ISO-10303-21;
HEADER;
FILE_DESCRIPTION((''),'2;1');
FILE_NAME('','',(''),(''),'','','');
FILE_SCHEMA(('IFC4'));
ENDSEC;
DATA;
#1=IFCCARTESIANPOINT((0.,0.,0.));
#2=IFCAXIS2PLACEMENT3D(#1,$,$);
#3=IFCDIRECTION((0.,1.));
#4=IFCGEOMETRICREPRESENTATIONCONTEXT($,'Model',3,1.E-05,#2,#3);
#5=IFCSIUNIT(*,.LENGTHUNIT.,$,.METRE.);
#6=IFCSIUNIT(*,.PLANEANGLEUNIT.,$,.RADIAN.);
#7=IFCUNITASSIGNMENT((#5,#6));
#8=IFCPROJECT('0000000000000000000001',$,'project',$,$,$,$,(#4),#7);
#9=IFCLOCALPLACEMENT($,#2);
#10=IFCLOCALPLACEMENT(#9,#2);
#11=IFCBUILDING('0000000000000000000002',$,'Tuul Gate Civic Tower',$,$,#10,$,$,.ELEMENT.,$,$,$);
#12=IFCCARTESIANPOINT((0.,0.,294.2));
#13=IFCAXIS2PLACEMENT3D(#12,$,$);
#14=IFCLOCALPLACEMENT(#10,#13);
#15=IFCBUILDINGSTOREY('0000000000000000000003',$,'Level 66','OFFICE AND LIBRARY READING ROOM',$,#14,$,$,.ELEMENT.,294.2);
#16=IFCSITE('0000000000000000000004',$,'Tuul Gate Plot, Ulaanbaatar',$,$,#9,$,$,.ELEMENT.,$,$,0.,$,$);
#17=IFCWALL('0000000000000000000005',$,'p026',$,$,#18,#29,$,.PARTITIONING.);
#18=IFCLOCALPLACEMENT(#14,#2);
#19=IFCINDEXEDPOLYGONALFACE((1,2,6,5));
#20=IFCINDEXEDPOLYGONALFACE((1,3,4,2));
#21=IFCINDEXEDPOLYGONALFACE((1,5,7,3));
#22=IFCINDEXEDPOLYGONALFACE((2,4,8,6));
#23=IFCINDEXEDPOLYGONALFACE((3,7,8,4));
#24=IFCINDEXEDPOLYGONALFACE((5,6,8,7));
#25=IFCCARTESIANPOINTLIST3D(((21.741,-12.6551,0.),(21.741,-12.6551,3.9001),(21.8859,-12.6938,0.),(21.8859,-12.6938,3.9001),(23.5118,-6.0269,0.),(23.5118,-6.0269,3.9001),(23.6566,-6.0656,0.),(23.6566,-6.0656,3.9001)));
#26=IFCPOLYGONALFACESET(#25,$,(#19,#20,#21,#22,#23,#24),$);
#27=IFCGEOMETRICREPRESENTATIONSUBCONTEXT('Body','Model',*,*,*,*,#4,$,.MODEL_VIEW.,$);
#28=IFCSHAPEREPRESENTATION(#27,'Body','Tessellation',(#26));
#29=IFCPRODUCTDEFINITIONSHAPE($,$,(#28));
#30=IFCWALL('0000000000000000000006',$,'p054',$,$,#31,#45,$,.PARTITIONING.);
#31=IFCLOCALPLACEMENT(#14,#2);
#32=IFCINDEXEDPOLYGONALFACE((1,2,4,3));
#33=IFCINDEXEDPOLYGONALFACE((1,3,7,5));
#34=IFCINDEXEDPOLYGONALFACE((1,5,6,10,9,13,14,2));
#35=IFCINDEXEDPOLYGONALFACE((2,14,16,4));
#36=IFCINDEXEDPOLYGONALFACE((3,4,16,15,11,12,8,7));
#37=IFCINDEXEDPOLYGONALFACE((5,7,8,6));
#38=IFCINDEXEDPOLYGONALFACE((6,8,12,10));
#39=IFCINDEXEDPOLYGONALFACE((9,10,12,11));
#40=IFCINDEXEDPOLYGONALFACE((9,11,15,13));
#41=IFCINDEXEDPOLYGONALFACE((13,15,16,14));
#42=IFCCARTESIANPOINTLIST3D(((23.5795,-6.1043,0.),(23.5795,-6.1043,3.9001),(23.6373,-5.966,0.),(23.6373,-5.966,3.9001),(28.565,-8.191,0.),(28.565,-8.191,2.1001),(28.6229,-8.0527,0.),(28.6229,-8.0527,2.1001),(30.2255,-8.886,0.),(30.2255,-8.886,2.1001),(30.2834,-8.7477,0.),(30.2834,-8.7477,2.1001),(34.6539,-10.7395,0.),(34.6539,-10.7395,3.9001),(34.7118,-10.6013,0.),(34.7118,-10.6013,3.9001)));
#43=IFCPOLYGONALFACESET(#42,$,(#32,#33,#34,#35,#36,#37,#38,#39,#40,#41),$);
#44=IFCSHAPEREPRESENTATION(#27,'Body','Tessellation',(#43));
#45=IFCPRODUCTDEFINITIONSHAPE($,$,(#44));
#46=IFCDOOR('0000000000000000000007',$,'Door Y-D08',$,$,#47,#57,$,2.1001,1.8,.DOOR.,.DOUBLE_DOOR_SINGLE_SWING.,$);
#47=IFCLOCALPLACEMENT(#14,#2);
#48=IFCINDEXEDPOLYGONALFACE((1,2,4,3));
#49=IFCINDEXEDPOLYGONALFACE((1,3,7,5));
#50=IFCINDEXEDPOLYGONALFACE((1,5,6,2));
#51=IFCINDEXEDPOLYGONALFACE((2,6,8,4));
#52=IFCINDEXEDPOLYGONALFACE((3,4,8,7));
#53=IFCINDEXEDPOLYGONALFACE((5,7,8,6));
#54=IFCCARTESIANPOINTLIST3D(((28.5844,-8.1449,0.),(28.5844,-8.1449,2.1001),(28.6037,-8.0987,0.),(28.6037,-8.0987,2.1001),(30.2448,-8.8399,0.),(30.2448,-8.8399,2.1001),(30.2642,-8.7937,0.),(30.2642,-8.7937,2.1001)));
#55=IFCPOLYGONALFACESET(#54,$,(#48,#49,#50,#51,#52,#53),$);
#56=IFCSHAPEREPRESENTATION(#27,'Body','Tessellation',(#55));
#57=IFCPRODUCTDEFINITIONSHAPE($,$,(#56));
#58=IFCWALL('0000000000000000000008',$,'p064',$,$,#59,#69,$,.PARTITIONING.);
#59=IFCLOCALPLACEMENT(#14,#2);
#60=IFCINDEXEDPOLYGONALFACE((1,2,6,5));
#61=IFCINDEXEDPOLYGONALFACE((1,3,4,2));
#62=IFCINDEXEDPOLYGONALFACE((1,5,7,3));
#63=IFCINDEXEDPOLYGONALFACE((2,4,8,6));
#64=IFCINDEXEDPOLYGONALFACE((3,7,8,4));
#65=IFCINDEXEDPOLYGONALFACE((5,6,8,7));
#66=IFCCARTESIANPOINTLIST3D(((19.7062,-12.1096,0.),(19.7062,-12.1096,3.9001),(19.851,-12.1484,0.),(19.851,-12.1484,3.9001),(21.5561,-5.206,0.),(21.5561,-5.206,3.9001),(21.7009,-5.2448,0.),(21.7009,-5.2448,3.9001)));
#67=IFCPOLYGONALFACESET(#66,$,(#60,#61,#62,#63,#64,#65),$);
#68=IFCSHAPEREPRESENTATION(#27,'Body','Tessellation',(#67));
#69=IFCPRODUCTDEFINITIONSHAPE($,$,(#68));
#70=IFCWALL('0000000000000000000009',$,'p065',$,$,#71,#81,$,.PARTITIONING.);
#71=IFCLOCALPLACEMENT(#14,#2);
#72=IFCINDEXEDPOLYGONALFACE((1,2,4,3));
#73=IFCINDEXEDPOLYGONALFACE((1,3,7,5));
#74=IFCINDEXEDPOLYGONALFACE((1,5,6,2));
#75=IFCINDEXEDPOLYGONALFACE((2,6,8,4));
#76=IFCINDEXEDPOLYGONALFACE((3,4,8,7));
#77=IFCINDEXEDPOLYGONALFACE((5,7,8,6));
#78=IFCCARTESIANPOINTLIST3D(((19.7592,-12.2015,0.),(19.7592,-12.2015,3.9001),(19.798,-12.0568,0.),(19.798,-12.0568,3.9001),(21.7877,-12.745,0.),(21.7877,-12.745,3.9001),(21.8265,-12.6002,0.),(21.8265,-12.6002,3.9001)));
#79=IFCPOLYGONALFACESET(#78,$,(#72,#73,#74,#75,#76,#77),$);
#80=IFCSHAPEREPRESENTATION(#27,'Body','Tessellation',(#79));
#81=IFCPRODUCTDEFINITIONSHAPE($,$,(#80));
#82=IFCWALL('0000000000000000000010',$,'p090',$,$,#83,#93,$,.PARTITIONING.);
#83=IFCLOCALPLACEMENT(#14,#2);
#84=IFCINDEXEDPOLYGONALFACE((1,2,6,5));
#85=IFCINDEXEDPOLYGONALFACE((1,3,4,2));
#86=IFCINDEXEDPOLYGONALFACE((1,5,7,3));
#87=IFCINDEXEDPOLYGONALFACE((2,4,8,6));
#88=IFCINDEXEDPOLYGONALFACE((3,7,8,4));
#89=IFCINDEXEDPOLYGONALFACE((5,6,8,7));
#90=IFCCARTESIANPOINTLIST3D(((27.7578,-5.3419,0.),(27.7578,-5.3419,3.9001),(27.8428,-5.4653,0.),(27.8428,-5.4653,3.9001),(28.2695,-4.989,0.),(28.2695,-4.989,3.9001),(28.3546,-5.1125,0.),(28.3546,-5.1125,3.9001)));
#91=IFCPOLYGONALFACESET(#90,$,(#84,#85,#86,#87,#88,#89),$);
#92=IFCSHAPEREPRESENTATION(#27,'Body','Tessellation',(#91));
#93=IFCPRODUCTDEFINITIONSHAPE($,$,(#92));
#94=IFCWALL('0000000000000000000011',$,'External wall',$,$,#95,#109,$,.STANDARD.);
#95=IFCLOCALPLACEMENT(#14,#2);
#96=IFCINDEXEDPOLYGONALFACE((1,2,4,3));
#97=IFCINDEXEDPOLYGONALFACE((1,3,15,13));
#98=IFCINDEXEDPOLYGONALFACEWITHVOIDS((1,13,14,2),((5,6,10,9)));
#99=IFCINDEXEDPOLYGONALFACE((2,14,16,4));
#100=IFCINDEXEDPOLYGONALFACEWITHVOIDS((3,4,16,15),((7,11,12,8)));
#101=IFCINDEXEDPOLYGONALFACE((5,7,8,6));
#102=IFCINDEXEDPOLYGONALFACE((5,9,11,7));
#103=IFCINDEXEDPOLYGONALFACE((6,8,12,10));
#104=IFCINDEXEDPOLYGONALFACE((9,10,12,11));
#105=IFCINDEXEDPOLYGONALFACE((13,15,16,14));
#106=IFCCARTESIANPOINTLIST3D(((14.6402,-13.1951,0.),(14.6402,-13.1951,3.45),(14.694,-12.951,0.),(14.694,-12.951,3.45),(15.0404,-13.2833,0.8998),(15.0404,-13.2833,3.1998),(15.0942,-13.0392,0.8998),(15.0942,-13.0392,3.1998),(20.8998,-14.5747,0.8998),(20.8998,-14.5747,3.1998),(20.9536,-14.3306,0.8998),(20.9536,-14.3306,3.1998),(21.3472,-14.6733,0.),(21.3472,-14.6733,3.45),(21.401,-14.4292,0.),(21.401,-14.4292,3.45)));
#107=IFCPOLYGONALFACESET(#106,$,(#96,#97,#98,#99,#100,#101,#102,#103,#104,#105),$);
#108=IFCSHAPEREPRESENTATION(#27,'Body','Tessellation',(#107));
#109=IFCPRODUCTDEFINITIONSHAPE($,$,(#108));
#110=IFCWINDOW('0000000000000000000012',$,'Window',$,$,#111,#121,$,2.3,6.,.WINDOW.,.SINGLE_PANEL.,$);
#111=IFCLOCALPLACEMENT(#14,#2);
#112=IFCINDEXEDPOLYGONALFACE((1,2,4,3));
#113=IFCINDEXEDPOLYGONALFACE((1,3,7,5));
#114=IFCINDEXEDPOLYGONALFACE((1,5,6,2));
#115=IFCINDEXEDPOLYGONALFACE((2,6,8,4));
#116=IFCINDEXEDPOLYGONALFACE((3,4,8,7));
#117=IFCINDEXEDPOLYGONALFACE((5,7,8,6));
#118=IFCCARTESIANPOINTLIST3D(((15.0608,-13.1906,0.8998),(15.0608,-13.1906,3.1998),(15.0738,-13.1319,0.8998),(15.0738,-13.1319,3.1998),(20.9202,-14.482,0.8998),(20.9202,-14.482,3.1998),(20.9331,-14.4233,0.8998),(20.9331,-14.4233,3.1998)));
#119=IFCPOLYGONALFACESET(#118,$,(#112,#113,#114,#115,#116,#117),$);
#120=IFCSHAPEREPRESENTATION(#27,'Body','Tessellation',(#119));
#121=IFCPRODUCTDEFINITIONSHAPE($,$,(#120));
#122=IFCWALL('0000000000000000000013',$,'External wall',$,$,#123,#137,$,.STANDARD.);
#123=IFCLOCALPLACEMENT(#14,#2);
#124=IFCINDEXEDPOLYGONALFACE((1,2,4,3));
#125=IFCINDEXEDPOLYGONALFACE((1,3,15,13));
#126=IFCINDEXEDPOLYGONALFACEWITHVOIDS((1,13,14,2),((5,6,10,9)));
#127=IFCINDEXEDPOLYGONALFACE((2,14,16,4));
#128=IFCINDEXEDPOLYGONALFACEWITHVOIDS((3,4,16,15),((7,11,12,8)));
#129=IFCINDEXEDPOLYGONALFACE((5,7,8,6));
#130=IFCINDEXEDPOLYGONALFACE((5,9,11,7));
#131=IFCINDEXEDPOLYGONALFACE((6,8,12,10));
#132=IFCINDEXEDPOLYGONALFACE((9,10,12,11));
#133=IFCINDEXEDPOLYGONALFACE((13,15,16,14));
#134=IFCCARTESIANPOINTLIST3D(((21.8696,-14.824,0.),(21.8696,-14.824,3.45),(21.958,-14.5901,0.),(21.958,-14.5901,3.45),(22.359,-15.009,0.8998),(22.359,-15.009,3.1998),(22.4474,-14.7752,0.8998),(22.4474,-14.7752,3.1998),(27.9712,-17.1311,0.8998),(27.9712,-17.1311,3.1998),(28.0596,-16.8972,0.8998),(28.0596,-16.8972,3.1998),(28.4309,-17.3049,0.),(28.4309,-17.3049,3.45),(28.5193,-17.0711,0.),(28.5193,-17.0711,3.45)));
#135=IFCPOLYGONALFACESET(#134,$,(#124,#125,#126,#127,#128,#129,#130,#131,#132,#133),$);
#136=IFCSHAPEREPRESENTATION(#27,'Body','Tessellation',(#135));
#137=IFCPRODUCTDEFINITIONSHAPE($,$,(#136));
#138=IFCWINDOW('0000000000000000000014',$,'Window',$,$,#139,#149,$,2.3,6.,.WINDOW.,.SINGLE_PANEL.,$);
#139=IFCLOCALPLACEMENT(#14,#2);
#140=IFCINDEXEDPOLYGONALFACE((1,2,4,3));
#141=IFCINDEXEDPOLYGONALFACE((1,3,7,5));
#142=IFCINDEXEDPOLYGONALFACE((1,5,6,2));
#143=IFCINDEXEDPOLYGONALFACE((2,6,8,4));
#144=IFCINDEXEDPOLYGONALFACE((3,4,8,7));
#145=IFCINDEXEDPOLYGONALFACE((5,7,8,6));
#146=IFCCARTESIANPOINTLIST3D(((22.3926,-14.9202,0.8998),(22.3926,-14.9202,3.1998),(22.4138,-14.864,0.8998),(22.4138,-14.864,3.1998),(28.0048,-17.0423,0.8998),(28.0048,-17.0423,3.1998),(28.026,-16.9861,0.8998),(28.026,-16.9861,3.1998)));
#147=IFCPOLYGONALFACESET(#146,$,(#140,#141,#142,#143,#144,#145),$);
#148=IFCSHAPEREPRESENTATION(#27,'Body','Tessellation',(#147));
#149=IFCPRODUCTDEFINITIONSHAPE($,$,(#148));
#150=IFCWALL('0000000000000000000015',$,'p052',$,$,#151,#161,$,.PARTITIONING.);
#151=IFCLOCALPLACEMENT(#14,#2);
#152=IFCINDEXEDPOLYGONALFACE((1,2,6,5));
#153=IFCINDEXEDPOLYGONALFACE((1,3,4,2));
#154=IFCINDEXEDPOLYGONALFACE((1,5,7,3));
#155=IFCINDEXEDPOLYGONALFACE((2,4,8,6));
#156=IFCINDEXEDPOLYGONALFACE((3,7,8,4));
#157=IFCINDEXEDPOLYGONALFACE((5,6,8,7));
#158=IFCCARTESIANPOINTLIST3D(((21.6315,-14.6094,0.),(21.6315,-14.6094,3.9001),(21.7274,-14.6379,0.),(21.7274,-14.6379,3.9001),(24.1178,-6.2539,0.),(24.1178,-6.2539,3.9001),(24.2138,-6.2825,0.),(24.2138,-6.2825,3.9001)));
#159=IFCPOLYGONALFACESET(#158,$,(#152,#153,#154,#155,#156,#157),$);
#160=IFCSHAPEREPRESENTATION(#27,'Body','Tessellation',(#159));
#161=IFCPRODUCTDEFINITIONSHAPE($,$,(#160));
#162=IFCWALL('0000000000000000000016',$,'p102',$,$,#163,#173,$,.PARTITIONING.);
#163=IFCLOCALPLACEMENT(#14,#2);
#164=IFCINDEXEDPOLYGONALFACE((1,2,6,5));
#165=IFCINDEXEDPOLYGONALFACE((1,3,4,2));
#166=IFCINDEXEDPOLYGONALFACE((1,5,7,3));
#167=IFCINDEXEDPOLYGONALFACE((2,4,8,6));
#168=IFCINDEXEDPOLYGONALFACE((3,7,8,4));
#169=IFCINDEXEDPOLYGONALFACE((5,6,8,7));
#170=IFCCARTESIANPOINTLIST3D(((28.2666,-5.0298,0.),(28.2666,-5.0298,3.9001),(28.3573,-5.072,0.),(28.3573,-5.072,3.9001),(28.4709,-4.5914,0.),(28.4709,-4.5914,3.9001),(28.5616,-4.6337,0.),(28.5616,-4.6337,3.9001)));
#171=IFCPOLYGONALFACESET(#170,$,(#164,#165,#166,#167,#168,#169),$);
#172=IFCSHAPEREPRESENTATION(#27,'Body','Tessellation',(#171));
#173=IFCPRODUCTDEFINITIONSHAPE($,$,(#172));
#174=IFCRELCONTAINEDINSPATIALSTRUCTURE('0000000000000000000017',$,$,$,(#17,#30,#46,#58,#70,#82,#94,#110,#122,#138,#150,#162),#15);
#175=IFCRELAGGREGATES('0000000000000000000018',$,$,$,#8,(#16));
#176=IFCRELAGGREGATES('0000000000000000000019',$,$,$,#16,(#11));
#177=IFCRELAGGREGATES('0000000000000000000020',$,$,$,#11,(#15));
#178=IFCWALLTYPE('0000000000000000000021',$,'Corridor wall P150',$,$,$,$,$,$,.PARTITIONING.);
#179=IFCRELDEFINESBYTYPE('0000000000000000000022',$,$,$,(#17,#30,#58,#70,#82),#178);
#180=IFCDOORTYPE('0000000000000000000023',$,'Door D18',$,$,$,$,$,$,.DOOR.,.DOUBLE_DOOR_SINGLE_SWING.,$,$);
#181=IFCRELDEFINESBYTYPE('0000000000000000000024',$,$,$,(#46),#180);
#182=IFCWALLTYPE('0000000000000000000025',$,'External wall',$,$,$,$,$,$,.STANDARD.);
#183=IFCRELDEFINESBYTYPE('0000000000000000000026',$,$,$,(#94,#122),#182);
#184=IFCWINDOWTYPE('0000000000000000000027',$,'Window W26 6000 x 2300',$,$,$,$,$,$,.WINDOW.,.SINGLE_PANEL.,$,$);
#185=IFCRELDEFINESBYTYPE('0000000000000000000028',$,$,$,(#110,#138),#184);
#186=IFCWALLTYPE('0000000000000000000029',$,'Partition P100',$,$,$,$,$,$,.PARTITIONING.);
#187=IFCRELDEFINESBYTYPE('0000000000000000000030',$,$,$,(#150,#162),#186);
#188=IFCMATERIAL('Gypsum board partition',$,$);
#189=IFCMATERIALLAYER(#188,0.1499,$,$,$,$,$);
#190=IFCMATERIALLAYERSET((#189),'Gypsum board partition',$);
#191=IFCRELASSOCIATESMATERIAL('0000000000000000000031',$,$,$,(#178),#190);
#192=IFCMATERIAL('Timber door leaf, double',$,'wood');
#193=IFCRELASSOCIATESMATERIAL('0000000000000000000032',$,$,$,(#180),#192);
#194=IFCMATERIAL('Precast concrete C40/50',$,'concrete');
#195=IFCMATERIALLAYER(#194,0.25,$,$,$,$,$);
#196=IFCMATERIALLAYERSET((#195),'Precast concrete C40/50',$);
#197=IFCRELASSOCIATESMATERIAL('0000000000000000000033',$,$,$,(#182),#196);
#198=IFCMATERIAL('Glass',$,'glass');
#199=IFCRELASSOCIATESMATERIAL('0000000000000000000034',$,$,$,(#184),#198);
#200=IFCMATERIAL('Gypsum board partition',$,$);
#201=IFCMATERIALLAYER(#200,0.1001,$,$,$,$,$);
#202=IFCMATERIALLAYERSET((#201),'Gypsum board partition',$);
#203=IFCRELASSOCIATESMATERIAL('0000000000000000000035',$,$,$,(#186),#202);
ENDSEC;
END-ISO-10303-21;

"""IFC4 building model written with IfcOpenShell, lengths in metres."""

from ifc_helpers import new_model, si_unit, direction, frame, frame_2d, origin, place, context, subcontext, project, spatial, rectangle, extrude, material, layer, layer_set, type_object, element, fill, save


model = new_model("IFC4")

# Units and contexts
model_context = context("Model", 3, precision=1e-05, world=origin(), true_north=direction((0.0, 1.0)))
body_context = subcontext(model_context, "Body", "Model", "MODEL_VIEW")
ifc_project = project(units=[si_unit("LENGTHUNIT", "METRE"), si_unit("PLANEANGLEUNIT", "RADIAN")], contexts=[model_context])

# Site, building, storey
site_placement = place(None, origin())
site = spatial("IfcSite", under=ifc_project, at=site_placement, Name="Tuul Gate Plot, Ulaanbaatar", CompositionType="ELEMENT", RefElevation=0.0)
building_placement = place(site_placement, origin())
building = spatial("IfcBuilding", under=site, at=building_placement, Name="Tuul Gate Civic Tower", CompositionType="ELEMENT")
storey_placement = place(building_placement, frame((0.0, 0.0, 294.2)))
storey = spatial("IfcBuildingStorey", under=building, at=storey_placement, Name="Level 66", Description="OFFICE AND LIBRARY READING ROOM", CompositionType="ELEMENT", Elevation=294.2)

# Shared definitions
ifc_material_1 = material(Name="Gypsum board partition")
ifc_layer_1 = layer(ifc_material_1, 0.1499)
ifc_layer_set_1 = layer_set([ifc_layer_1], Name="Gypsum board partition")
wall_type_1 = type_object("IfcWallType", Name="Corridor wall P150", PredefinedType="PARTITIONING", material=ifc_layer_set_1)

# Wall
wall_1_placement = place(storey_placement, frame((21.8135, -12.6743, 0.0), z_axis=(0.0, 0.0, 1.0), x_axis=(0.258103, 0.966117, 0.0)))
element("IfcWall", 1, at=wall_1_placement, inside=storey, type_object=wall_type_1, Name="p026", PredefinedType="PARTITIONING", context=body_context, shape_type="SweptSolid", body=[
    extrude(rectangle(XDim=6.8606, YDim=0.1499, at=frame_2d((3.4302, 0.0))), origin(), (0.0, 0.0, 1.0), 3.9001),
])

# Wall, opening, door
wall_2_placement = place(storey_placement, frame((23.6084, -6.0352, 0.0), z_axis=(0.0, 0.0, 1.0), x_axis=(0.922458, -0.386098, 0.0)))
wall_2 = element("IfcWall", 2, at=wall_2_placement, inside=storey, type_object=wall_type_1, Name="p054", PredefinedType="PARTITIONING", context=body_context, shape_type="SweptSolid", body=[
    extrude(rectangle(XDim=12.0054, YDim=0.1499, at=frame_2d((6.0027, 0.0))), origin(), (0.0, 0.0, 1.0), 3.9001),
])
opening_1_placement = place(wall_2_placement, frame((5.4048, 0.0, 0.0)))
opening_1 = element("IfcOpeningElement", 3, at=opening_1_placement, cuts=wall_2, PredefinedType="OPENING", context=body_context, shape_type="SweptSolid", body=[
    extrude(rectangle(XDim=1.8, YDim=2.1001, at=frame_2d((0.8999, 1.05))), frame((0.0, 0.085, 0.0), z_axis=(0.0, -1.0, 0.0), x_axis=(1.0, 0.0, 0.0)), (0.0, 0.0, 1.0), 0.1699),
])
ifc_material_2 = material(Name="Timber door leaf, double", Category="wood")
door_type_1 = type_object("IfcDoorType", Name="Door D18", OperationType="DOUBLE_DOOR_SINGLE_SWING", PredefinedType="DOOR", material=ifc_material_2)
door_1_placement = place(opening_1_placement, frame((1.8, 0.0, 0.0), z_axis=(0.0, 0.0, 1.0), x_axis=(-1.0, 0.0, 0.0)))
door_1 = element("IfcDoor", 4, at=door_1_placement, inside=storey, type_object=door_type_1, Name="Door Y-D08", OperationType="DOUBLE_DOOR_SINGLE_SWING", OverallHeight=2.1001, OverallWidth=1.8, PredefinedType="DOOR", context=body_context, shape_type="SweptSolid", body=[
    extrude(rectangle(XDim=1.8, YDim=2.1001, at=frame_2d((0.9001, 1.05))), frame((0.0, 0.0249, 0.0), z_axis=(0.0, -1.0, 0.0), x_axis=(1.0, 0.0, 0.0)), (0.0, 0.0, 1.0), 0.05),
])
fill(opening_1, door_1)

# Walls
wall_3_placement = place(storey_placement, frame((19.7786, -12.1292, 0.0), z_axis=(0.0, 0.0, 1.0), x_axis=(0.258825, 0.965924, 0.0)))
element("IfcWall", 5, at=wall_3_placement, inside=storey, type_object=wall_type_1, Name="p064", PredefinedType="PARTITIONING", context=body_context, shape_type="SweptSolid", body=[
    extrude(rectangle(XDim=7.1472, YDim=0.1499, at=frame_2d((3.5737, 0.0))), origin(), (0.0, 0.0, 1.0), 3.9001),
])
wall_4_placement = place(storey_placement, frame((19.7786, -12.1292, 0.0), z_axis=(0.0, 0.0, 1.0), x_axis=(0.965937, -0.258777, 0.0)))
element("IfcWall", 6, at=wall_4_placement, inside=storey, type_object=wall_type_1, Name="p065", PredefinedType="PARTITIONING", context=body_context, shape_type="SweptSolid", body=[
    extrude(rectangle(XDim=2.1001, YDim=0.1499, at=frame_2d((1.05, 0.0))), origin(), (0.0, 0.0, 1.0), 3.9001),
])
wall_5_placement = place(storey_placement, frame((27.8003, -5.4036, 0.0), z_axis=(0.0, 0.0, 1.0), x_axis=(0.823308, 0.567595, 0.0)))
element("IfcWall", 7, at=wall_5_placement, inside=storey, type_object=wall_type_1, Name="p090", PredefinedType="PARTITIONING", context=body_context, shape_type="SweptSolid", body=[
    extrude(rectangle(XDim=0.6216, YDim=0.1499, at=frame_2d((0.3108, 0.0))), origin(), (0.0, 0.0, 1.0), 3.9001),
])

# Walls, openings, windows
ifc_material_3 = material(Name="Precast concrete C40/50", Category="concrete")
ifc_layer_2 = layer(ifc_material_3, 0.25)
ifc_layer_set_2 = layer_set([ifc_layer_2], Name="Precast concrete C40/50")
wall_type_2 = type_object("IfcWallType", Name="External wall", PredefinedType="STANDARD", material=ifc_layer_set_2)
wall_6_placement = place(storey_placement, frame((14.667, -13.073, 0.0), z_axis=(0.0, 0.0, 1.0), x_axis=(0.976561, -0.21524, 0.0)))
wall_6 = element("IfcWall", 8, at=wall_6_placement, inside=storey, type_object=wall_type_2, Name="External wall", PredefinedType="STANDARD", context=body_context, shape_type="SweptSolid", body=[
    extrude(rectangle(XDim=6.8679, YDim=0.25, at=frame_2d((3.4341, 0.0))), origin(), (0.0, 0.0, 1.0), 3.45),
])
opening_2_placement = place(wall_6_placement, frame((0.4099, 0.0, 0.8999)))
opening_2 = element("IfcOpeningElement", 9, at=opening_2_placement, cuts=wall_6, PredefinedType="OPENING", context=body_context, shape_type="SweptSolid", body=[
    extrude(rectangle(XDim=6.0, YDim=2.3, at=frame_2d((3.0, 1.1499))), frame((0.0, 0.135, 0.0), z_axis=(0.0, -1.0, 0.0), x_axis=(1.0, 0.0, 0.0)), (0.0, 0.0, 1.0), 0.27),
])
ifc_material_4 = material(Name="Glass", Category="glass")
window_type = type_object("IfcWindowType", Name="Window W26 6000 x 2300", PartitioningType="SINGLE_PANEL", PredefinedType="WINDOW", material=ifc_material_4)
window_1_placement = place(opening_2_placement, origin())
window_1 = element("IfcWindow", 10, at=window_1_placement, inside=storey, type_object=window_type, Name="Window", OverallHeight=2.3, OverallWidth=6.0, PartitioningType="SINGLE_PANEL", PredefinedType="WINDOW", context=body_context, shape_type="SweptSolid", body=[
    extrude(rectangle(XDim=6.0, YDim=2.3, at=frame_2d((3.0, 1.1499))), frame((0.0, 0.03, 0.0), z_axis=(0.0, -1.0, 0.0), x_axis=(1.0, 0.0, 0.0)), (0.0, 0.0, 1.0), 0.0601),
])
fill(opening_2, window_1)
wall_7_placement = place(storey_placement, frame((21.9138, -14.707, 0.0), z_axis=(0.0, 0.0, 1.0), x_axis=(0.935366, -0.353681, 0.0)))
wall_7 = element("IfcWall", 11, at=wall_7_placement, inside=storey, type_object=wall_type_2, Name="External wall", PredefinedType="STANDARD", context=body_context, shape_type="SweptSolid", body=[
    extrude(rectangle(XDim=7.0146, YDim=0.25, at=frame_2d((3.5073, 0.0))), origin(), (0.0, 0.0, 1.0), 3.45),
])
opening_3_placement = place(wall_7_placement, frame((0.5232, 0.0, 0.8999)))
opening_3 = element("IfcOpeningElement", 12, at=opening_3_placement, cuts=wall_7, PredefinedType="OPENING", context=body_context, shape_type="SweptSolid", body=[
    extrude(rectangle(XDim=6.0, YDim=2.3, at=frame_2d((3.0, 1.1499))), frame((0.0, 0.135, 0.0), z_axis=(0.0, -1.0, 0.0), x_axis=(1.0, 0.0, 0.0)), (0.0, 0.0, 1.0), 0.27),
])
window_2_placement = place(opening_3_placement, origin())
window_2 = element("IfcWindow", 13, at=window_2_placement, inside=storey, type_object=window_type, Name="Window", OverallHeight=2.3, OverallWidth=6.0, PartitioningType="SINGLE_PANEL", PredefinedType="WINDOW", context=body_context, shape_type="SweptSolid", body=[
    extrude(rectangle(XDim=6.0, YDim=2.3, at=frame_2d((3.0, 1.1499))), frame((0.0, 0.03, 0.0), z_axis=(0.0, -1.0, 0.0), x_axis=(1.0, 0.0, 0.0)), (0.0, 0.0, 1.0), 0.0601),
])
fill(opening_3, window_2)

# Walls
ifc_material_5 = material(Name="Gypsum board partition")
ifc_layer_3 = layer(ifc_material_5, 0.1001)
ifc_layer_set_3 = layer_set([ifc_layer_3], Name="Gypsum board partition")
wall_type_3 = type_object("IfcWallType", Name="Partition P100", PredefinedType="PARTITIONING", material=ifc_layer_set_3)
wall_8_placement = place(storey_placement, frame((21.6794, -14.6238, 0.0), z_axis=(0.0, 0.0, 1.0), x_axis=(0.285209, 0.958465, 0.0)))
element("IfcWall", 14, at=wall_8_placement, inside=storey, type_object=wall_type_3, Name="p052", PredefinedType="PARTITIONING", context=body_context, shape_type="SweptSolid", body=[
    extrude(rectangle(XDim=8.7175, YDim=0.1001, at=frame_2d((4.3589, 0.0))), origin(), (0.0, 0.0, 1.0), 3.9001),
])
wall_9_placement = place(storey_placement, frame((28.312, -5.0508, 0.0), z_axis=(0.0, 0.0, 1.0), x_axis=(0.422416, 0.906402, 0.0)))
element("IfcWall", 15, at=wall_9_placement, inside=storey, type_object=wall_type_3, Name="p102", PredefinedType="PARTITIONING", context=body_context, shape_type="SweptSolid", body=[
    extrude(rectangle(XDim=0.4836, YDim=0.1001, at=frame_2d((0.2417, 0.0))), origin(), (0.0, 0.0, 1.0), 3.9001),
])

save(model, "model.ifc")
